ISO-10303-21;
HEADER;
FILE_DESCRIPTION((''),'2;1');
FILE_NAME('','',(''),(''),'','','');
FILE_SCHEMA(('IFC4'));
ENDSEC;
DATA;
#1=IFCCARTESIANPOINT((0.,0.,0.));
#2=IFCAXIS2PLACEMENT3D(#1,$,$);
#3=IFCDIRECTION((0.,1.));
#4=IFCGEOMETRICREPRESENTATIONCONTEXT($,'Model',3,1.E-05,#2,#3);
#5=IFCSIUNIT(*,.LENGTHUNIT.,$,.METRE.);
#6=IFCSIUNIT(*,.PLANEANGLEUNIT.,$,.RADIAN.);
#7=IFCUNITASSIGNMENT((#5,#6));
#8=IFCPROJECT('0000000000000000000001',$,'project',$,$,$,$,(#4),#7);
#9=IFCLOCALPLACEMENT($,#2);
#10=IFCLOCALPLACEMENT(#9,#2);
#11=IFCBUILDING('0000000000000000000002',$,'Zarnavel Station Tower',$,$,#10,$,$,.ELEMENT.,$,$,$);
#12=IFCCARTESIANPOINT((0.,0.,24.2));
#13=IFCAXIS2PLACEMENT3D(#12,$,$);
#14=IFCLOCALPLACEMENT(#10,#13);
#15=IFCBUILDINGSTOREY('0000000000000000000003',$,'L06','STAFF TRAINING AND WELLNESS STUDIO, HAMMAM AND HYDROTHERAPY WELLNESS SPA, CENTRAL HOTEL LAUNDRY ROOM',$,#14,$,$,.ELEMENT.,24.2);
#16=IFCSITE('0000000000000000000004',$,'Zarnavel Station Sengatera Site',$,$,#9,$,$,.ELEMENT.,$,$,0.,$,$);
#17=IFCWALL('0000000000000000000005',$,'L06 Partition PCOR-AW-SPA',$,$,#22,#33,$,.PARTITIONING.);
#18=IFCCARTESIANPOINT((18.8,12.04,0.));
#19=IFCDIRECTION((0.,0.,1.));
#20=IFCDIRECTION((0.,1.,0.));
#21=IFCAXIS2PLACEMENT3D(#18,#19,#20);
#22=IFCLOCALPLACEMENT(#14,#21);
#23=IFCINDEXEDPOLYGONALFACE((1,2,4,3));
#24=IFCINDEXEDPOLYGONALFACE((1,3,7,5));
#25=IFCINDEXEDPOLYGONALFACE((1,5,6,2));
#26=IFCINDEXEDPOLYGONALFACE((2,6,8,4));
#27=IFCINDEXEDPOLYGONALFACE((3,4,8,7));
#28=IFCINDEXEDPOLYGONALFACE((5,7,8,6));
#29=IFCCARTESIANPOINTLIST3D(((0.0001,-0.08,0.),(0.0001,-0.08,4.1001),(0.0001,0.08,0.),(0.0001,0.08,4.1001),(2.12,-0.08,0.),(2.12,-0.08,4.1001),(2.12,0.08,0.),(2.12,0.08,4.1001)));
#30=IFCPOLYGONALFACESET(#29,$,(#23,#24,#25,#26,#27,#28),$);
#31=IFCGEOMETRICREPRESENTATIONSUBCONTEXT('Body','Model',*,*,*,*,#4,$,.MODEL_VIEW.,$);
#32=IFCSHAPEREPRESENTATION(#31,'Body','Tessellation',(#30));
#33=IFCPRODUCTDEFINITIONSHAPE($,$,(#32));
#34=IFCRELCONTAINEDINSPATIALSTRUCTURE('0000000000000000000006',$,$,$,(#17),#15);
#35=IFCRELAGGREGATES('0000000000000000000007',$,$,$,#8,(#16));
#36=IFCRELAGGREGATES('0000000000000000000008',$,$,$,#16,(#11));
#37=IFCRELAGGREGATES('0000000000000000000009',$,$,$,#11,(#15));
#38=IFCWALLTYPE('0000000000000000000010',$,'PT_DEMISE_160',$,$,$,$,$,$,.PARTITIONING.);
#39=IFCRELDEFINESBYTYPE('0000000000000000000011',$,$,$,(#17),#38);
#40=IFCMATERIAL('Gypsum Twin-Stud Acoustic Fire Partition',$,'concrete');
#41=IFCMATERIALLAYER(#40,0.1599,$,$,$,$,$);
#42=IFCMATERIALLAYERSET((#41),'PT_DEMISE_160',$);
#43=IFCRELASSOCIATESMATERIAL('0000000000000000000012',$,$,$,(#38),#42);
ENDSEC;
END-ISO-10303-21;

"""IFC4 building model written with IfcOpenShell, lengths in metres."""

from ifc_helpers import new_model, si_unit, direction, frame, frame_2d, origin, place, context, subcontext, project, spatial, rectangle, extrude, material, layer, layer_set, type_object, element, save


model = new_model("IFC4")

# Units and contexts
model_context = context("Model", 3, precision=1e-05, world=origin(), true_north=direction((0.0, 1.0)))
body_context = subcontext(model_context, "Body", "Model", "MODEL_VIEW")
ifc_project = project(units=[si_unit("LENGTHUNIT", "METRE"), si_unit("PLANEANGLEUNIT", "RADIAN")], contexts=[model_context])

# Site, building, storey
site_placement = place(None, origin())
site = spatial("IfcSite", under=ifc_project, at=site_placement, Name="Zarnavel Station Sengatera Site", CompositionType="ELEMENT", RefElevation=0.0)
building_placement = place(site_placement, origin())
building = spatial("IfcBuilding", under=site, at=building_placement, Name="Zarnavel Station Tower", CompositionType="ELEMENT")
storey_placement = place(building_placement, frame((0.0, 0.0, 24.2)))
storey = spatial("IfcBuildingStorey", under=building, at=storey_placement, Name="L06", Description="STAFF TRAINING AND WELLNESS STUDIO, HAMMAM AND HYDROTHERAPY WELLNESS SPA, CENTRAL HOTEL LAUNDRY ROOM", CompositionType="ELEMENT", Elevation=24.2)

# Wall
ifc_material_1 = material(Name="Gypsum Twin-Stud Acoustic Fire Partition", Category="concrete")
ifc_layer_1 = layer(ifc_material_1, 0.1599)
ifc_layer_set_1 = layer_set([ifc_layer_1], Name="PT_DEMISE_160")
wall_type_1 = type_object("IfcWallType", Name="PT_DEMISE_160", PredefinedType="PARTITIONING", material=ifc_layer_set_1)
wall_1_placement = place(storey_placement, frame((18.8, 12.04, 0.0), z_axis=(0.0, 0.0, 1.0), x_axis=(0.0, 1.0, 0.0)))
element("IfcWall", 1, at=wall_1_placement, inside=storey, type_object=wall_type_1, Name="L06 Partition PCOR-AW-SPA", PredefinedType="PARTITIONING", context=body_context, shape_type="SweptSolid", body=[
    extrude(rectangle(XDim=2.1199, YDim=0.1599, at=frame_2d((1.0601, 0.0))), origin(), (0.0, 0.0, 1.0), 4.1001),
])

save(model, "model.ifc")
